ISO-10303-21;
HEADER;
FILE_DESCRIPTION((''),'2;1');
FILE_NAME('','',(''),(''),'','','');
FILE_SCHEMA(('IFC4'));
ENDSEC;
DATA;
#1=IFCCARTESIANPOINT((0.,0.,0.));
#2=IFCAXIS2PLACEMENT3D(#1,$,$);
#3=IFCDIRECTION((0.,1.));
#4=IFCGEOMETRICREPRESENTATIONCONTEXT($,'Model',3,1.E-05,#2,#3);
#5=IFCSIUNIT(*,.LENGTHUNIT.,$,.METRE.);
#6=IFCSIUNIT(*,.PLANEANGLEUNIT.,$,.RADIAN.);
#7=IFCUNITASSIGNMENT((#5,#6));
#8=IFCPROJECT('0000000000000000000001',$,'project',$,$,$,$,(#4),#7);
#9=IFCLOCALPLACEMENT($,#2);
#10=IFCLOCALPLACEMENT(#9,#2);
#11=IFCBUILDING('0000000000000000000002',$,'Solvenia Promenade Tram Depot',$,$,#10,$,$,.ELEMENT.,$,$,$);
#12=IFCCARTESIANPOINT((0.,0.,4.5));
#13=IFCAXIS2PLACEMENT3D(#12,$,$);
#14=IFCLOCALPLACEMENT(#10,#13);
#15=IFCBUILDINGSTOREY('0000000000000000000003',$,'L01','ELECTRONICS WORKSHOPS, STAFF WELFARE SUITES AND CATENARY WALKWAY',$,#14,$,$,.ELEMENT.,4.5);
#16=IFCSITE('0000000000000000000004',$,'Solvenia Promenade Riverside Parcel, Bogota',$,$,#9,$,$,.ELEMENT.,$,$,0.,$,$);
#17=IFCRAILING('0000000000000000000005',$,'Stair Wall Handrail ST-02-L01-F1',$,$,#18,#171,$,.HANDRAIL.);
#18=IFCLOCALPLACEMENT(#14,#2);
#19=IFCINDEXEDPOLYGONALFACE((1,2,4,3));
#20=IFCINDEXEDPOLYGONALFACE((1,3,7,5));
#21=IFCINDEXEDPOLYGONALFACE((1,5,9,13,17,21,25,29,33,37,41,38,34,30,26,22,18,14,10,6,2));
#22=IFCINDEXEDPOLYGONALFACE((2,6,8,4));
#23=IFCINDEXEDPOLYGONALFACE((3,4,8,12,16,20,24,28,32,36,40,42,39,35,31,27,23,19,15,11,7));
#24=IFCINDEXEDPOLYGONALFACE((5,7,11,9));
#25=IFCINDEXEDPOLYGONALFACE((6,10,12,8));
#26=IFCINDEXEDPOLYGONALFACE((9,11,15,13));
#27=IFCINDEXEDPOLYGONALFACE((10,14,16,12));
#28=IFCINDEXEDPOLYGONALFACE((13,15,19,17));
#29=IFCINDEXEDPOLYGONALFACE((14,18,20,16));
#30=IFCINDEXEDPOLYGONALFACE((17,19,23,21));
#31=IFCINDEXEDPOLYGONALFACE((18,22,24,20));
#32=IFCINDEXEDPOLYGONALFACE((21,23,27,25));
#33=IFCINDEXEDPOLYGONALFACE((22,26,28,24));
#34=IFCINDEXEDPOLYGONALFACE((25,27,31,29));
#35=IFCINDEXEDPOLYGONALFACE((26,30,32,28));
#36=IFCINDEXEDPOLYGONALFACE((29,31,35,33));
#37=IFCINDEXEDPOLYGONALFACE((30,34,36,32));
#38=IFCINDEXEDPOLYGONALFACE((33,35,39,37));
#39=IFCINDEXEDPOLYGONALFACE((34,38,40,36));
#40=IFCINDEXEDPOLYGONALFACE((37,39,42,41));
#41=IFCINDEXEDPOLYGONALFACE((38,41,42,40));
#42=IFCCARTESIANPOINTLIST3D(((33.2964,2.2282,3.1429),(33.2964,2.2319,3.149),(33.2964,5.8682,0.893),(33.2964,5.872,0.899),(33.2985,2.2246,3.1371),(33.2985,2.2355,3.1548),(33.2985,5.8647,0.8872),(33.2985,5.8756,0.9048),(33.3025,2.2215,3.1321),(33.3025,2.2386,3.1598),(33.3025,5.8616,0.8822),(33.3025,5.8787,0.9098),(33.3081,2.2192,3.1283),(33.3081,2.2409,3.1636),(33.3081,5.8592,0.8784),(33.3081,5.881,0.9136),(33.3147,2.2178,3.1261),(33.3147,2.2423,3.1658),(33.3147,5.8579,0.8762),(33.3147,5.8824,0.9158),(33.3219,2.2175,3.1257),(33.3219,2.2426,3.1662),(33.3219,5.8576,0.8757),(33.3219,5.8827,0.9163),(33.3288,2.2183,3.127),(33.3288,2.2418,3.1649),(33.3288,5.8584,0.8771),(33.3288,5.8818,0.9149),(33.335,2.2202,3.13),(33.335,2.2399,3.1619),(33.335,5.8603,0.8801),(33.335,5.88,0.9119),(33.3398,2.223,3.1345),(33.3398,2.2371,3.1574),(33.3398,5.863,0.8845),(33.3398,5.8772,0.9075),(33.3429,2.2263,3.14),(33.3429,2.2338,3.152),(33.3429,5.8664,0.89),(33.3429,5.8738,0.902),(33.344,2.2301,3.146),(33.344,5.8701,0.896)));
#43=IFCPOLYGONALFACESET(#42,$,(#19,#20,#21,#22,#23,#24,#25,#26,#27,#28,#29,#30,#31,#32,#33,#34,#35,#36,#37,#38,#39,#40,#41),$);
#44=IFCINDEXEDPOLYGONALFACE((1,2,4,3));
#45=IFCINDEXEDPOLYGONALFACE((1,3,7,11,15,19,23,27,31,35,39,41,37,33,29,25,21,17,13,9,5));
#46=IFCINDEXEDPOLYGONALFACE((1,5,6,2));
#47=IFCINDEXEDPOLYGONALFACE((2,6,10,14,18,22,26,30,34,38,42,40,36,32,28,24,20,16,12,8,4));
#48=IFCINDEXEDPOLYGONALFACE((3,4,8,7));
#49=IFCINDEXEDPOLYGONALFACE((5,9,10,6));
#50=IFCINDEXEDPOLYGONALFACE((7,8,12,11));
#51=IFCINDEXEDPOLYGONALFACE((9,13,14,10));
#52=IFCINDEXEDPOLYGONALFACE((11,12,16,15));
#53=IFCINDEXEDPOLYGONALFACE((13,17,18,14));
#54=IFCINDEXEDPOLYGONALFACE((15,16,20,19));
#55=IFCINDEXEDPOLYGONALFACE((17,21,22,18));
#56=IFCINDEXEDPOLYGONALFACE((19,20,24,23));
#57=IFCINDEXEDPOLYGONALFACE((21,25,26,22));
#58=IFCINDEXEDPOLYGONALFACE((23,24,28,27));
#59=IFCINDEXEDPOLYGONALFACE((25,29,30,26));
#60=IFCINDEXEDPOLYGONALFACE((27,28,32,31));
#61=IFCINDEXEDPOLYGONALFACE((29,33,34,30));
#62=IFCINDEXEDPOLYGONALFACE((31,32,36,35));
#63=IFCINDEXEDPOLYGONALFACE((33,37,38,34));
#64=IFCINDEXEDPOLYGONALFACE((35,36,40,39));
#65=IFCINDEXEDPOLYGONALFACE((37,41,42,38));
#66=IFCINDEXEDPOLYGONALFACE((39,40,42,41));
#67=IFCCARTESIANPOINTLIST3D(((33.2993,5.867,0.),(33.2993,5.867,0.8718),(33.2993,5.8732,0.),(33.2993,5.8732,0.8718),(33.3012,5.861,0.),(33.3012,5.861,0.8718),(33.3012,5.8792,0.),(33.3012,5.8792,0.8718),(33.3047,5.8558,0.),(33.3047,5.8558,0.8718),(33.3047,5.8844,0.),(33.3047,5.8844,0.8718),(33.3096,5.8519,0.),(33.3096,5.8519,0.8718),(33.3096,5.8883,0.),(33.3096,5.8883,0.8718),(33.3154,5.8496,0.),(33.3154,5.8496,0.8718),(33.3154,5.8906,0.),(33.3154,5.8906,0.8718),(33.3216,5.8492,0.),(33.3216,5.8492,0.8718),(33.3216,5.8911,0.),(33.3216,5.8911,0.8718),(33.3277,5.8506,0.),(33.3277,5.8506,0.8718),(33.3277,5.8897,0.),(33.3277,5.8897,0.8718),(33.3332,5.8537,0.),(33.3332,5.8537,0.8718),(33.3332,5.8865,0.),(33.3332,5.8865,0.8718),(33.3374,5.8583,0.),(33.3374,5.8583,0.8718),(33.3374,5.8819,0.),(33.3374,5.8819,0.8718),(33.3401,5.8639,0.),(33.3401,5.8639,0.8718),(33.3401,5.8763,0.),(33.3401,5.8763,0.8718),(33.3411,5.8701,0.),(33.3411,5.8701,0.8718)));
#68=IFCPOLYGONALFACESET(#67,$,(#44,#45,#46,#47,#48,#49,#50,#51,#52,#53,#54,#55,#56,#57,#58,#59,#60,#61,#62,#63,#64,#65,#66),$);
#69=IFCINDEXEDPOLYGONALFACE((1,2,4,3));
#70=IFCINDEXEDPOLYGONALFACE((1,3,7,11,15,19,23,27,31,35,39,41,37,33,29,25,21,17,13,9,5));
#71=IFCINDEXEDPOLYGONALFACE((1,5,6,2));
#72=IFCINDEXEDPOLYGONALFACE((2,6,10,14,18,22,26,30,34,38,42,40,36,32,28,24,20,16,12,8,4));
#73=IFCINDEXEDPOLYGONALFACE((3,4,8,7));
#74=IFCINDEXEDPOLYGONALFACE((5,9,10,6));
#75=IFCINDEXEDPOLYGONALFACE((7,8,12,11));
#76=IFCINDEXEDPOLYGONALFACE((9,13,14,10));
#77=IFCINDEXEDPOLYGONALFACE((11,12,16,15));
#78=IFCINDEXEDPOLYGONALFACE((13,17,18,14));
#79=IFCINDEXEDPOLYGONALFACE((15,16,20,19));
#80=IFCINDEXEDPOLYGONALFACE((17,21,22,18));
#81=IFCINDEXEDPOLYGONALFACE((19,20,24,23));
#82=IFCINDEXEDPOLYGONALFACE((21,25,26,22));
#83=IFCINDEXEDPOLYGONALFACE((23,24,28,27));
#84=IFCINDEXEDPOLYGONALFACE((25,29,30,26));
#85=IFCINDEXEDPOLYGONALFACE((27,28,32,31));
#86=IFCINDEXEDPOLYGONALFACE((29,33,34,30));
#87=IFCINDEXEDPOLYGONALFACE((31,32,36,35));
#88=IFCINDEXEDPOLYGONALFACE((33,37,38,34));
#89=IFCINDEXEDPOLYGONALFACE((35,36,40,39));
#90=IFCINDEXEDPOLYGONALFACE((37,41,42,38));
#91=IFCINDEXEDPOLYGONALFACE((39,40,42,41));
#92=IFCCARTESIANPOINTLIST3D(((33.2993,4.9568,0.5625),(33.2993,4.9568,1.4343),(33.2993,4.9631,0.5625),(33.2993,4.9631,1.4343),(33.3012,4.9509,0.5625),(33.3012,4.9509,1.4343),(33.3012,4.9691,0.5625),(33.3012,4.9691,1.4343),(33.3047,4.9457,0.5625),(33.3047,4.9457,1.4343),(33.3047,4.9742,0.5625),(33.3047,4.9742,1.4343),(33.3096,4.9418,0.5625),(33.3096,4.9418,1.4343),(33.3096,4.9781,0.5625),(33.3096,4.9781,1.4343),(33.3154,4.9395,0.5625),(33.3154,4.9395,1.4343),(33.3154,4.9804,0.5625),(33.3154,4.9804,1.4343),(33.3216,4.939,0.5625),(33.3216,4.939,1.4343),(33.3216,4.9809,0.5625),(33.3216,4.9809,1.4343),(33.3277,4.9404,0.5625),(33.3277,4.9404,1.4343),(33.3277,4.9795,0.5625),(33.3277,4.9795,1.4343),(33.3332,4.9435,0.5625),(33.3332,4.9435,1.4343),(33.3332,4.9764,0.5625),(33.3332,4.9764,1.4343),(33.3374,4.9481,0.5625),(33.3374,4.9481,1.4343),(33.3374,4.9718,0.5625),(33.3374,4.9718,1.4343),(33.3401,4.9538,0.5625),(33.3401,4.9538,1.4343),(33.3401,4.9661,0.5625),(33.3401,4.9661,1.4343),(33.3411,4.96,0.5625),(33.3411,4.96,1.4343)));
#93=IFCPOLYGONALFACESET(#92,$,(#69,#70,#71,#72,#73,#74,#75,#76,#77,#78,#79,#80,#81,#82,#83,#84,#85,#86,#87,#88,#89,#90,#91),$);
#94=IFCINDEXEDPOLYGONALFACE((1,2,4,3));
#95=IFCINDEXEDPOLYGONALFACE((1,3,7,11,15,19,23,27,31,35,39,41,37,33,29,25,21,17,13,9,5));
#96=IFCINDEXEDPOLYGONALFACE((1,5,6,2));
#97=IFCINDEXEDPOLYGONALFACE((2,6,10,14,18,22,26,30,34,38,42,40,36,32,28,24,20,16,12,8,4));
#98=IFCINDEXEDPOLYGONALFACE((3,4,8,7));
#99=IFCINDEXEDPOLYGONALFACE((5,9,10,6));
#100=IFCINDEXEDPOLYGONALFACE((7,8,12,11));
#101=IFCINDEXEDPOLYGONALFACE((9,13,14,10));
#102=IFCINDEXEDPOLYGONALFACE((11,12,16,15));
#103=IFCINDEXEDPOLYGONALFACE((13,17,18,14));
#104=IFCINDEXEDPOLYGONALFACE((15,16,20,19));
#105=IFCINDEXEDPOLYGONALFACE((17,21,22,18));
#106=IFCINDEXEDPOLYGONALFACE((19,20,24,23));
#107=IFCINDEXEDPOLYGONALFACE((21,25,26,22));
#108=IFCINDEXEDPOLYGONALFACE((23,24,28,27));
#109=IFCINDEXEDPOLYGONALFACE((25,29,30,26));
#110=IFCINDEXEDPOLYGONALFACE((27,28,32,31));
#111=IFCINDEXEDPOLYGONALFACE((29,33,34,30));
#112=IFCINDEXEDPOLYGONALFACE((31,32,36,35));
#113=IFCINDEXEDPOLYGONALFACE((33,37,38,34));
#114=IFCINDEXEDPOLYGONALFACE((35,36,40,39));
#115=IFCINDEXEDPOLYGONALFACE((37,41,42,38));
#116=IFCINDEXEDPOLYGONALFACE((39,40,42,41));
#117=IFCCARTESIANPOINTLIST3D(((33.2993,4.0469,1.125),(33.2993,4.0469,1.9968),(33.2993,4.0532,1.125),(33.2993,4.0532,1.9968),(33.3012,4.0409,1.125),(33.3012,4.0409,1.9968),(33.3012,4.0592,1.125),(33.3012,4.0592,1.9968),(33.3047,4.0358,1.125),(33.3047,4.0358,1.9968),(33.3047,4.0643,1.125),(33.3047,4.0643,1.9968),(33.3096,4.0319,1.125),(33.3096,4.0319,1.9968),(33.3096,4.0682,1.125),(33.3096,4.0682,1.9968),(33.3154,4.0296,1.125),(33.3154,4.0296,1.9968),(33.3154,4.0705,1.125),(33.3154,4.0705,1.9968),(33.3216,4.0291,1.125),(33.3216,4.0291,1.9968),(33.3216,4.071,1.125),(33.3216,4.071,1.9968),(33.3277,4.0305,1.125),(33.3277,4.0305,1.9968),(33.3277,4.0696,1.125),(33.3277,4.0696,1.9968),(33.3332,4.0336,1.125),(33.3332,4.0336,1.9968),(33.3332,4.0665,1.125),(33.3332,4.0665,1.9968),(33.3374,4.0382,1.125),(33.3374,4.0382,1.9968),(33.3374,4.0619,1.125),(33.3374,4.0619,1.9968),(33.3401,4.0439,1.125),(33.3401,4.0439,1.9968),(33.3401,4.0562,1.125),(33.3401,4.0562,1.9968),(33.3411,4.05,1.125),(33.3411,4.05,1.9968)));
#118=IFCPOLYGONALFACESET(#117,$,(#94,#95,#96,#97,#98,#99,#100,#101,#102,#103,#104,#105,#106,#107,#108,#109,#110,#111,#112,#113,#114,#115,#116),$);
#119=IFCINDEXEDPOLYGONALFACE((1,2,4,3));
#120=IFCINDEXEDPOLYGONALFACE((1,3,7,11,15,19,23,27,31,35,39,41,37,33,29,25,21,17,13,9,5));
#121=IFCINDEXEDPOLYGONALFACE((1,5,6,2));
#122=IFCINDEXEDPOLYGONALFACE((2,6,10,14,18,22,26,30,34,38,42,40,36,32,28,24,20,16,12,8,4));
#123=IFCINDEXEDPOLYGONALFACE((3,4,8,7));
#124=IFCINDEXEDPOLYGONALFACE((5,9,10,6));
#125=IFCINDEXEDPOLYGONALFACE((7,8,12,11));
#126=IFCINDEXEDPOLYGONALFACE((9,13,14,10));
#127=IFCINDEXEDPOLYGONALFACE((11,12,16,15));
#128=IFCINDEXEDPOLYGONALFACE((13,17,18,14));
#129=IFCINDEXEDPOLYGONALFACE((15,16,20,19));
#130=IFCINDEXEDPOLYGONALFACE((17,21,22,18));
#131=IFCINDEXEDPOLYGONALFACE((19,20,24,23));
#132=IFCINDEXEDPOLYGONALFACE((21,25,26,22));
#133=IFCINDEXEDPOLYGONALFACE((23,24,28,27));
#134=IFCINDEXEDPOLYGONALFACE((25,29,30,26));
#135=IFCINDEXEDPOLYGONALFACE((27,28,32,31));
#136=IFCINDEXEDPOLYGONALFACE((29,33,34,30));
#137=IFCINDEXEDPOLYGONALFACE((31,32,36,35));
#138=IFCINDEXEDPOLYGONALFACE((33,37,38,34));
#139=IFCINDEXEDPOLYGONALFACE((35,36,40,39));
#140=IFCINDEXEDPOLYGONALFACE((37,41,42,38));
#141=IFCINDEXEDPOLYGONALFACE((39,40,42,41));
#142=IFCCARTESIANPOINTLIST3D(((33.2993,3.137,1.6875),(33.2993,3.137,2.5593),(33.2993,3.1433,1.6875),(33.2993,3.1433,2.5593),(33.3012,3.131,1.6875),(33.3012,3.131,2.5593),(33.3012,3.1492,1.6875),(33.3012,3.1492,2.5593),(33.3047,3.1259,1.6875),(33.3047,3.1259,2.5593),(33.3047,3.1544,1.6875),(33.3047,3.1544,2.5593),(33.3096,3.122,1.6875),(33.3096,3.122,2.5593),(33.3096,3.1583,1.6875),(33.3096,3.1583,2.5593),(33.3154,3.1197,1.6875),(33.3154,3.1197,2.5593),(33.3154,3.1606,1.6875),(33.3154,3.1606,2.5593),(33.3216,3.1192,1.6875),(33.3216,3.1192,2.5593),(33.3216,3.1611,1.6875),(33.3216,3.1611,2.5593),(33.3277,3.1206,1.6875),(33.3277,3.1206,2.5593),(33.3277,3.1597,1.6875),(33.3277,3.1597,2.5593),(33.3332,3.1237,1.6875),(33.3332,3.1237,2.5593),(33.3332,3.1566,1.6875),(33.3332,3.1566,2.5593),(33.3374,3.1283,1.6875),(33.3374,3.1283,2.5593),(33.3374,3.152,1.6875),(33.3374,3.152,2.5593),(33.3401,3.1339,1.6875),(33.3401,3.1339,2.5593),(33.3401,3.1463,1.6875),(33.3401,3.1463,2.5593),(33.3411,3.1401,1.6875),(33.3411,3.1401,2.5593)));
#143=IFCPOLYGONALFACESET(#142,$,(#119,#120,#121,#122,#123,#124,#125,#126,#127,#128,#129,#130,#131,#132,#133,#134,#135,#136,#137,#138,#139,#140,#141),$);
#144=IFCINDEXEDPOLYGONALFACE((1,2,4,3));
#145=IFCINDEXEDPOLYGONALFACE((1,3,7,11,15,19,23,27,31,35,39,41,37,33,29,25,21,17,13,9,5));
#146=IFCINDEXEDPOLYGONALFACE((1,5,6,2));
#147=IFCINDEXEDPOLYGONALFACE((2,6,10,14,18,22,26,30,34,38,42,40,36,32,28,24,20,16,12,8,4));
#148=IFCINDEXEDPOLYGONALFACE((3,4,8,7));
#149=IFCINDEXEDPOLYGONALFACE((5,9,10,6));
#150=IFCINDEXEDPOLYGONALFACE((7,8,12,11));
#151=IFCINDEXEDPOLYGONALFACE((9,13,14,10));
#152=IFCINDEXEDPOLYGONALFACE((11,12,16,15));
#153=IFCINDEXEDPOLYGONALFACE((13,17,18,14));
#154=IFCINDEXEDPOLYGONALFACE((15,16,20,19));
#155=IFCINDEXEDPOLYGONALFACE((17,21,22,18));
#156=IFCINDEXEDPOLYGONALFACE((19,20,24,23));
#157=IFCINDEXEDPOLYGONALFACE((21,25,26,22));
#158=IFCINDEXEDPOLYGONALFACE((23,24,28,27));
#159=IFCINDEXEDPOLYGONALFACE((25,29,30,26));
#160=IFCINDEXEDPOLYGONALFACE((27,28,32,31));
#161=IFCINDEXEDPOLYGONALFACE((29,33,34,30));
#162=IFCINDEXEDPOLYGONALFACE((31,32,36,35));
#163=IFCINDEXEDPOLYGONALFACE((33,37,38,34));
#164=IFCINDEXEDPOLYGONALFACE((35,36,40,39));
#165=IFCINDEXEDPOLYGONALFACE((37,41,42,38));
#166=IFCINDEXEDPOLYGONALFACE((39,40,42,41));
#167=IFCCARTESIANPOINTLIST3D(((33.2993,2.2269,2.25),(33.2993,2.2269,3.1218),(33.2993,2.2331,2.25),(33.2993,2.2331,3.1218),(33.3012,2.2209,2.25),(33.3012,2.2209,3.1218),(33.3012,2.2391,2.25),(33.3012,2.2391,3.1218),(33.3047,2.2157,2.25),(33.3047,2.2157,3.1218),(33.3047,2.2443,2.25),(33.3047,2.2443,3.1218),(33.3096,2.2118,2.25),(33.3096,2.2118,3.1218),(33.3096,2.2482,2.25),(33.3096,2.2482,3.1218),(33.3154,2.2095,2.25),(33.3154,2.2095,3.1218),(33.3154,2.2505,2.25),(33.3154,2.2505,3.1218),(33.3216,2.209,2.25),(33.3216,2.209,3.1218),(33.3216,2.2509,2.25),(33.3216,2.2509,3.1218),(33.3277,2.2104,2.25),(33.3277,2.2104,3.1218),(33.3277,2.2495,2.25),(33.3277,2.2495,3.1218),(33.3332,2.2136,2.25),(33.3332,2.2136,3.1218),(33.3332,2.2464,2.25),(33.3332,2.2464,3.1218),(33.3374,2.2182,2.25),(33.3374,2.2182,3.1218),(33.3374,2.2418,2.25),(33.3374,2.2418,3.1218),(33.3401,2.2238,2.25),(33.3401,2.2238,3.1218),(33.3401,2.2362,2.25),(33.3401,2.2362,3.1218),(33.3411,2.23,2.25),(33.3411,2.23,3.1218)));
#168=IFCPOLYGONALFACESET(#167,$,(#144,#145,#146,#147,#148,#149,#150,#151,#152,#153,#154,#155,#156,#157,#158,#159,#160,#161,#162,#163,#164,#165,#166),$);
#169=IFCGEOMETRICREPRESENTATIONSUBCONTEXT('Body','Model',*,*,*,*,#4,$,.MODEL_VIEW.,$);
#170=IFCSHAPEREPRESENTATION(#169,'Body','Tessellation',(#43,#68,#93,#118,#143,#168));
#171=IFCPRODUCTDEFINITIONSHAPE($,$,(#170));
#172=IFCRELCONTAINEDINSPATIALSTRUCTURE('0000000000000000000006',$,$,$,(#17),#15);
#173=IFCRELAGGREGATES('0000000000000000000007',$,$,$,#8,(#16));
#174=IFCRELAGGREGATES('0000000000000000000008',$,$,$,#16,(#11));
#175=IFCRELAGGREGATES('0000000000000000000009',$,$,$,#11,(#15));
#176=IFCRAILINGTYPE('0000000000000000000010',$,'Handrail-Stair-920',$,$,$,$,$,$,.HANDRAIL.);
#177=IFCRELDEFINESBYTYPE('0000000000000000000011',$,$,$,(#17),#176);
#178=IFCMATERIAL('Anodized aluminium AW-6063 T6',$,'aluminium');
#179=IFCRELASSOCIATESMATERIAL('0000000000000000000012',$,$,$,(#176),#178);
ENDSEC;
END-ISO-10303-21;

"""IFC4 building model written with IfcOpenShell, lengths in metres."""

from ifc_helpers import new_model, si_unit, direction, frame, origin, origin_2d, place, context, subcontext, project, spatial, circle, extrude, material, type_object, element, save


model = new_model("IFC4")

# Units and contexts
model_context = context("Model", 3, precision=1e-05, world=origin(), true_north=direction((0.0, 1.0)))
body_context = subcontext(model_context, "Body", "Model", "MODEL_VIEW")
ifc_project = project(units=[si_unit("LENGTHUNIT", "METRE"), si_unit("PLANEANGLEUNIT", "RADIAN")], contexts=[model_context])

# Site, building, storey
site_placement = place(None, origin())
site = spatial("IfcSite", under=ifc_project, at=site_placement, Name="Solvenia Promenade Riverside Parcel, Bogota", CompositionType="ELEMENT", RefElevation=0.0)
building_placement = place(site_placement, origin())
building = spatial("IfcBuilding", under=site, at=building_placement, Name="Solvenia Promenade Tram Depot", CompositionType="ELEMENT")
storey_placement = place(building_placement, frame((0.0, 0.0, 4.5)))
storey = spatial("IfcBuildingStorey", under=building, at=storey_placement, Name="L01", Description="ELECTRONICS WORKSHOPS, STAFF WELFARE SUITES AND CATENARY WALKWAY", CompositionType="ELEMENT", Elevation=4.5)

# Railing
ifc_material_1 = material(Name="Anodized aluminium AW-6063 T6", Category="aluminium")
railing_type_1 = type_object("IfcRailingType", Name="Handrail-Stair-920", PredefinedType="HANDRAIL", material=ifc_material_1)
railing_1_placement = place(storey_placement, frame((33.3201, 5.8701, 0.0)))
element("IfcRailing", 1, at=railing_1_placement, inside=storey, type_object=railing_type_1, Name="Stair Wall Handrail ST-02-L01-F1", PredefinedType="HANDRAIL", context=body_context, shape_type="SweptSolid", body=[
    extrude(circle(Radius=0.0239, at=origin_2d()), frame((0.0, 0.0, 0.896), z_axis=(0.0, -0.850622, 0.525777), x_axis=(1.0, 0.0, 0.0)), (0.0, 0.0, 1.0), 4.2793),
    extrude(circle(Radius=0.021, at=origin_2d()), origin(), (0.0, 0.0, 1.0), 0.8718),
    extrude(circle(Radius=0.021, at=origin_2d()), frame((0.0, -0.9102, 0.5625)), (0.0, 0.0, 1.0), 0.8718),
    extrude(circle(Radius=0.021, at=origin_2d()), frame((0.0, -1.8201, 1.125)), (0.0, 0.0, 1.0), 0.8718),
    extrude(circle(Radius=0.021, at=origin_2d()), frame((0.0, -2.73, 1.6875)), (0.0, 0.0, 1.0), 0.8718),
    extrude(circle(Radius=0.021, at=origin_2d()), frame((0.0, -3.6401, 2.25)), (0.0, 0.0, 1.0), 0.8718),
])

save(model, "model.ifc")
